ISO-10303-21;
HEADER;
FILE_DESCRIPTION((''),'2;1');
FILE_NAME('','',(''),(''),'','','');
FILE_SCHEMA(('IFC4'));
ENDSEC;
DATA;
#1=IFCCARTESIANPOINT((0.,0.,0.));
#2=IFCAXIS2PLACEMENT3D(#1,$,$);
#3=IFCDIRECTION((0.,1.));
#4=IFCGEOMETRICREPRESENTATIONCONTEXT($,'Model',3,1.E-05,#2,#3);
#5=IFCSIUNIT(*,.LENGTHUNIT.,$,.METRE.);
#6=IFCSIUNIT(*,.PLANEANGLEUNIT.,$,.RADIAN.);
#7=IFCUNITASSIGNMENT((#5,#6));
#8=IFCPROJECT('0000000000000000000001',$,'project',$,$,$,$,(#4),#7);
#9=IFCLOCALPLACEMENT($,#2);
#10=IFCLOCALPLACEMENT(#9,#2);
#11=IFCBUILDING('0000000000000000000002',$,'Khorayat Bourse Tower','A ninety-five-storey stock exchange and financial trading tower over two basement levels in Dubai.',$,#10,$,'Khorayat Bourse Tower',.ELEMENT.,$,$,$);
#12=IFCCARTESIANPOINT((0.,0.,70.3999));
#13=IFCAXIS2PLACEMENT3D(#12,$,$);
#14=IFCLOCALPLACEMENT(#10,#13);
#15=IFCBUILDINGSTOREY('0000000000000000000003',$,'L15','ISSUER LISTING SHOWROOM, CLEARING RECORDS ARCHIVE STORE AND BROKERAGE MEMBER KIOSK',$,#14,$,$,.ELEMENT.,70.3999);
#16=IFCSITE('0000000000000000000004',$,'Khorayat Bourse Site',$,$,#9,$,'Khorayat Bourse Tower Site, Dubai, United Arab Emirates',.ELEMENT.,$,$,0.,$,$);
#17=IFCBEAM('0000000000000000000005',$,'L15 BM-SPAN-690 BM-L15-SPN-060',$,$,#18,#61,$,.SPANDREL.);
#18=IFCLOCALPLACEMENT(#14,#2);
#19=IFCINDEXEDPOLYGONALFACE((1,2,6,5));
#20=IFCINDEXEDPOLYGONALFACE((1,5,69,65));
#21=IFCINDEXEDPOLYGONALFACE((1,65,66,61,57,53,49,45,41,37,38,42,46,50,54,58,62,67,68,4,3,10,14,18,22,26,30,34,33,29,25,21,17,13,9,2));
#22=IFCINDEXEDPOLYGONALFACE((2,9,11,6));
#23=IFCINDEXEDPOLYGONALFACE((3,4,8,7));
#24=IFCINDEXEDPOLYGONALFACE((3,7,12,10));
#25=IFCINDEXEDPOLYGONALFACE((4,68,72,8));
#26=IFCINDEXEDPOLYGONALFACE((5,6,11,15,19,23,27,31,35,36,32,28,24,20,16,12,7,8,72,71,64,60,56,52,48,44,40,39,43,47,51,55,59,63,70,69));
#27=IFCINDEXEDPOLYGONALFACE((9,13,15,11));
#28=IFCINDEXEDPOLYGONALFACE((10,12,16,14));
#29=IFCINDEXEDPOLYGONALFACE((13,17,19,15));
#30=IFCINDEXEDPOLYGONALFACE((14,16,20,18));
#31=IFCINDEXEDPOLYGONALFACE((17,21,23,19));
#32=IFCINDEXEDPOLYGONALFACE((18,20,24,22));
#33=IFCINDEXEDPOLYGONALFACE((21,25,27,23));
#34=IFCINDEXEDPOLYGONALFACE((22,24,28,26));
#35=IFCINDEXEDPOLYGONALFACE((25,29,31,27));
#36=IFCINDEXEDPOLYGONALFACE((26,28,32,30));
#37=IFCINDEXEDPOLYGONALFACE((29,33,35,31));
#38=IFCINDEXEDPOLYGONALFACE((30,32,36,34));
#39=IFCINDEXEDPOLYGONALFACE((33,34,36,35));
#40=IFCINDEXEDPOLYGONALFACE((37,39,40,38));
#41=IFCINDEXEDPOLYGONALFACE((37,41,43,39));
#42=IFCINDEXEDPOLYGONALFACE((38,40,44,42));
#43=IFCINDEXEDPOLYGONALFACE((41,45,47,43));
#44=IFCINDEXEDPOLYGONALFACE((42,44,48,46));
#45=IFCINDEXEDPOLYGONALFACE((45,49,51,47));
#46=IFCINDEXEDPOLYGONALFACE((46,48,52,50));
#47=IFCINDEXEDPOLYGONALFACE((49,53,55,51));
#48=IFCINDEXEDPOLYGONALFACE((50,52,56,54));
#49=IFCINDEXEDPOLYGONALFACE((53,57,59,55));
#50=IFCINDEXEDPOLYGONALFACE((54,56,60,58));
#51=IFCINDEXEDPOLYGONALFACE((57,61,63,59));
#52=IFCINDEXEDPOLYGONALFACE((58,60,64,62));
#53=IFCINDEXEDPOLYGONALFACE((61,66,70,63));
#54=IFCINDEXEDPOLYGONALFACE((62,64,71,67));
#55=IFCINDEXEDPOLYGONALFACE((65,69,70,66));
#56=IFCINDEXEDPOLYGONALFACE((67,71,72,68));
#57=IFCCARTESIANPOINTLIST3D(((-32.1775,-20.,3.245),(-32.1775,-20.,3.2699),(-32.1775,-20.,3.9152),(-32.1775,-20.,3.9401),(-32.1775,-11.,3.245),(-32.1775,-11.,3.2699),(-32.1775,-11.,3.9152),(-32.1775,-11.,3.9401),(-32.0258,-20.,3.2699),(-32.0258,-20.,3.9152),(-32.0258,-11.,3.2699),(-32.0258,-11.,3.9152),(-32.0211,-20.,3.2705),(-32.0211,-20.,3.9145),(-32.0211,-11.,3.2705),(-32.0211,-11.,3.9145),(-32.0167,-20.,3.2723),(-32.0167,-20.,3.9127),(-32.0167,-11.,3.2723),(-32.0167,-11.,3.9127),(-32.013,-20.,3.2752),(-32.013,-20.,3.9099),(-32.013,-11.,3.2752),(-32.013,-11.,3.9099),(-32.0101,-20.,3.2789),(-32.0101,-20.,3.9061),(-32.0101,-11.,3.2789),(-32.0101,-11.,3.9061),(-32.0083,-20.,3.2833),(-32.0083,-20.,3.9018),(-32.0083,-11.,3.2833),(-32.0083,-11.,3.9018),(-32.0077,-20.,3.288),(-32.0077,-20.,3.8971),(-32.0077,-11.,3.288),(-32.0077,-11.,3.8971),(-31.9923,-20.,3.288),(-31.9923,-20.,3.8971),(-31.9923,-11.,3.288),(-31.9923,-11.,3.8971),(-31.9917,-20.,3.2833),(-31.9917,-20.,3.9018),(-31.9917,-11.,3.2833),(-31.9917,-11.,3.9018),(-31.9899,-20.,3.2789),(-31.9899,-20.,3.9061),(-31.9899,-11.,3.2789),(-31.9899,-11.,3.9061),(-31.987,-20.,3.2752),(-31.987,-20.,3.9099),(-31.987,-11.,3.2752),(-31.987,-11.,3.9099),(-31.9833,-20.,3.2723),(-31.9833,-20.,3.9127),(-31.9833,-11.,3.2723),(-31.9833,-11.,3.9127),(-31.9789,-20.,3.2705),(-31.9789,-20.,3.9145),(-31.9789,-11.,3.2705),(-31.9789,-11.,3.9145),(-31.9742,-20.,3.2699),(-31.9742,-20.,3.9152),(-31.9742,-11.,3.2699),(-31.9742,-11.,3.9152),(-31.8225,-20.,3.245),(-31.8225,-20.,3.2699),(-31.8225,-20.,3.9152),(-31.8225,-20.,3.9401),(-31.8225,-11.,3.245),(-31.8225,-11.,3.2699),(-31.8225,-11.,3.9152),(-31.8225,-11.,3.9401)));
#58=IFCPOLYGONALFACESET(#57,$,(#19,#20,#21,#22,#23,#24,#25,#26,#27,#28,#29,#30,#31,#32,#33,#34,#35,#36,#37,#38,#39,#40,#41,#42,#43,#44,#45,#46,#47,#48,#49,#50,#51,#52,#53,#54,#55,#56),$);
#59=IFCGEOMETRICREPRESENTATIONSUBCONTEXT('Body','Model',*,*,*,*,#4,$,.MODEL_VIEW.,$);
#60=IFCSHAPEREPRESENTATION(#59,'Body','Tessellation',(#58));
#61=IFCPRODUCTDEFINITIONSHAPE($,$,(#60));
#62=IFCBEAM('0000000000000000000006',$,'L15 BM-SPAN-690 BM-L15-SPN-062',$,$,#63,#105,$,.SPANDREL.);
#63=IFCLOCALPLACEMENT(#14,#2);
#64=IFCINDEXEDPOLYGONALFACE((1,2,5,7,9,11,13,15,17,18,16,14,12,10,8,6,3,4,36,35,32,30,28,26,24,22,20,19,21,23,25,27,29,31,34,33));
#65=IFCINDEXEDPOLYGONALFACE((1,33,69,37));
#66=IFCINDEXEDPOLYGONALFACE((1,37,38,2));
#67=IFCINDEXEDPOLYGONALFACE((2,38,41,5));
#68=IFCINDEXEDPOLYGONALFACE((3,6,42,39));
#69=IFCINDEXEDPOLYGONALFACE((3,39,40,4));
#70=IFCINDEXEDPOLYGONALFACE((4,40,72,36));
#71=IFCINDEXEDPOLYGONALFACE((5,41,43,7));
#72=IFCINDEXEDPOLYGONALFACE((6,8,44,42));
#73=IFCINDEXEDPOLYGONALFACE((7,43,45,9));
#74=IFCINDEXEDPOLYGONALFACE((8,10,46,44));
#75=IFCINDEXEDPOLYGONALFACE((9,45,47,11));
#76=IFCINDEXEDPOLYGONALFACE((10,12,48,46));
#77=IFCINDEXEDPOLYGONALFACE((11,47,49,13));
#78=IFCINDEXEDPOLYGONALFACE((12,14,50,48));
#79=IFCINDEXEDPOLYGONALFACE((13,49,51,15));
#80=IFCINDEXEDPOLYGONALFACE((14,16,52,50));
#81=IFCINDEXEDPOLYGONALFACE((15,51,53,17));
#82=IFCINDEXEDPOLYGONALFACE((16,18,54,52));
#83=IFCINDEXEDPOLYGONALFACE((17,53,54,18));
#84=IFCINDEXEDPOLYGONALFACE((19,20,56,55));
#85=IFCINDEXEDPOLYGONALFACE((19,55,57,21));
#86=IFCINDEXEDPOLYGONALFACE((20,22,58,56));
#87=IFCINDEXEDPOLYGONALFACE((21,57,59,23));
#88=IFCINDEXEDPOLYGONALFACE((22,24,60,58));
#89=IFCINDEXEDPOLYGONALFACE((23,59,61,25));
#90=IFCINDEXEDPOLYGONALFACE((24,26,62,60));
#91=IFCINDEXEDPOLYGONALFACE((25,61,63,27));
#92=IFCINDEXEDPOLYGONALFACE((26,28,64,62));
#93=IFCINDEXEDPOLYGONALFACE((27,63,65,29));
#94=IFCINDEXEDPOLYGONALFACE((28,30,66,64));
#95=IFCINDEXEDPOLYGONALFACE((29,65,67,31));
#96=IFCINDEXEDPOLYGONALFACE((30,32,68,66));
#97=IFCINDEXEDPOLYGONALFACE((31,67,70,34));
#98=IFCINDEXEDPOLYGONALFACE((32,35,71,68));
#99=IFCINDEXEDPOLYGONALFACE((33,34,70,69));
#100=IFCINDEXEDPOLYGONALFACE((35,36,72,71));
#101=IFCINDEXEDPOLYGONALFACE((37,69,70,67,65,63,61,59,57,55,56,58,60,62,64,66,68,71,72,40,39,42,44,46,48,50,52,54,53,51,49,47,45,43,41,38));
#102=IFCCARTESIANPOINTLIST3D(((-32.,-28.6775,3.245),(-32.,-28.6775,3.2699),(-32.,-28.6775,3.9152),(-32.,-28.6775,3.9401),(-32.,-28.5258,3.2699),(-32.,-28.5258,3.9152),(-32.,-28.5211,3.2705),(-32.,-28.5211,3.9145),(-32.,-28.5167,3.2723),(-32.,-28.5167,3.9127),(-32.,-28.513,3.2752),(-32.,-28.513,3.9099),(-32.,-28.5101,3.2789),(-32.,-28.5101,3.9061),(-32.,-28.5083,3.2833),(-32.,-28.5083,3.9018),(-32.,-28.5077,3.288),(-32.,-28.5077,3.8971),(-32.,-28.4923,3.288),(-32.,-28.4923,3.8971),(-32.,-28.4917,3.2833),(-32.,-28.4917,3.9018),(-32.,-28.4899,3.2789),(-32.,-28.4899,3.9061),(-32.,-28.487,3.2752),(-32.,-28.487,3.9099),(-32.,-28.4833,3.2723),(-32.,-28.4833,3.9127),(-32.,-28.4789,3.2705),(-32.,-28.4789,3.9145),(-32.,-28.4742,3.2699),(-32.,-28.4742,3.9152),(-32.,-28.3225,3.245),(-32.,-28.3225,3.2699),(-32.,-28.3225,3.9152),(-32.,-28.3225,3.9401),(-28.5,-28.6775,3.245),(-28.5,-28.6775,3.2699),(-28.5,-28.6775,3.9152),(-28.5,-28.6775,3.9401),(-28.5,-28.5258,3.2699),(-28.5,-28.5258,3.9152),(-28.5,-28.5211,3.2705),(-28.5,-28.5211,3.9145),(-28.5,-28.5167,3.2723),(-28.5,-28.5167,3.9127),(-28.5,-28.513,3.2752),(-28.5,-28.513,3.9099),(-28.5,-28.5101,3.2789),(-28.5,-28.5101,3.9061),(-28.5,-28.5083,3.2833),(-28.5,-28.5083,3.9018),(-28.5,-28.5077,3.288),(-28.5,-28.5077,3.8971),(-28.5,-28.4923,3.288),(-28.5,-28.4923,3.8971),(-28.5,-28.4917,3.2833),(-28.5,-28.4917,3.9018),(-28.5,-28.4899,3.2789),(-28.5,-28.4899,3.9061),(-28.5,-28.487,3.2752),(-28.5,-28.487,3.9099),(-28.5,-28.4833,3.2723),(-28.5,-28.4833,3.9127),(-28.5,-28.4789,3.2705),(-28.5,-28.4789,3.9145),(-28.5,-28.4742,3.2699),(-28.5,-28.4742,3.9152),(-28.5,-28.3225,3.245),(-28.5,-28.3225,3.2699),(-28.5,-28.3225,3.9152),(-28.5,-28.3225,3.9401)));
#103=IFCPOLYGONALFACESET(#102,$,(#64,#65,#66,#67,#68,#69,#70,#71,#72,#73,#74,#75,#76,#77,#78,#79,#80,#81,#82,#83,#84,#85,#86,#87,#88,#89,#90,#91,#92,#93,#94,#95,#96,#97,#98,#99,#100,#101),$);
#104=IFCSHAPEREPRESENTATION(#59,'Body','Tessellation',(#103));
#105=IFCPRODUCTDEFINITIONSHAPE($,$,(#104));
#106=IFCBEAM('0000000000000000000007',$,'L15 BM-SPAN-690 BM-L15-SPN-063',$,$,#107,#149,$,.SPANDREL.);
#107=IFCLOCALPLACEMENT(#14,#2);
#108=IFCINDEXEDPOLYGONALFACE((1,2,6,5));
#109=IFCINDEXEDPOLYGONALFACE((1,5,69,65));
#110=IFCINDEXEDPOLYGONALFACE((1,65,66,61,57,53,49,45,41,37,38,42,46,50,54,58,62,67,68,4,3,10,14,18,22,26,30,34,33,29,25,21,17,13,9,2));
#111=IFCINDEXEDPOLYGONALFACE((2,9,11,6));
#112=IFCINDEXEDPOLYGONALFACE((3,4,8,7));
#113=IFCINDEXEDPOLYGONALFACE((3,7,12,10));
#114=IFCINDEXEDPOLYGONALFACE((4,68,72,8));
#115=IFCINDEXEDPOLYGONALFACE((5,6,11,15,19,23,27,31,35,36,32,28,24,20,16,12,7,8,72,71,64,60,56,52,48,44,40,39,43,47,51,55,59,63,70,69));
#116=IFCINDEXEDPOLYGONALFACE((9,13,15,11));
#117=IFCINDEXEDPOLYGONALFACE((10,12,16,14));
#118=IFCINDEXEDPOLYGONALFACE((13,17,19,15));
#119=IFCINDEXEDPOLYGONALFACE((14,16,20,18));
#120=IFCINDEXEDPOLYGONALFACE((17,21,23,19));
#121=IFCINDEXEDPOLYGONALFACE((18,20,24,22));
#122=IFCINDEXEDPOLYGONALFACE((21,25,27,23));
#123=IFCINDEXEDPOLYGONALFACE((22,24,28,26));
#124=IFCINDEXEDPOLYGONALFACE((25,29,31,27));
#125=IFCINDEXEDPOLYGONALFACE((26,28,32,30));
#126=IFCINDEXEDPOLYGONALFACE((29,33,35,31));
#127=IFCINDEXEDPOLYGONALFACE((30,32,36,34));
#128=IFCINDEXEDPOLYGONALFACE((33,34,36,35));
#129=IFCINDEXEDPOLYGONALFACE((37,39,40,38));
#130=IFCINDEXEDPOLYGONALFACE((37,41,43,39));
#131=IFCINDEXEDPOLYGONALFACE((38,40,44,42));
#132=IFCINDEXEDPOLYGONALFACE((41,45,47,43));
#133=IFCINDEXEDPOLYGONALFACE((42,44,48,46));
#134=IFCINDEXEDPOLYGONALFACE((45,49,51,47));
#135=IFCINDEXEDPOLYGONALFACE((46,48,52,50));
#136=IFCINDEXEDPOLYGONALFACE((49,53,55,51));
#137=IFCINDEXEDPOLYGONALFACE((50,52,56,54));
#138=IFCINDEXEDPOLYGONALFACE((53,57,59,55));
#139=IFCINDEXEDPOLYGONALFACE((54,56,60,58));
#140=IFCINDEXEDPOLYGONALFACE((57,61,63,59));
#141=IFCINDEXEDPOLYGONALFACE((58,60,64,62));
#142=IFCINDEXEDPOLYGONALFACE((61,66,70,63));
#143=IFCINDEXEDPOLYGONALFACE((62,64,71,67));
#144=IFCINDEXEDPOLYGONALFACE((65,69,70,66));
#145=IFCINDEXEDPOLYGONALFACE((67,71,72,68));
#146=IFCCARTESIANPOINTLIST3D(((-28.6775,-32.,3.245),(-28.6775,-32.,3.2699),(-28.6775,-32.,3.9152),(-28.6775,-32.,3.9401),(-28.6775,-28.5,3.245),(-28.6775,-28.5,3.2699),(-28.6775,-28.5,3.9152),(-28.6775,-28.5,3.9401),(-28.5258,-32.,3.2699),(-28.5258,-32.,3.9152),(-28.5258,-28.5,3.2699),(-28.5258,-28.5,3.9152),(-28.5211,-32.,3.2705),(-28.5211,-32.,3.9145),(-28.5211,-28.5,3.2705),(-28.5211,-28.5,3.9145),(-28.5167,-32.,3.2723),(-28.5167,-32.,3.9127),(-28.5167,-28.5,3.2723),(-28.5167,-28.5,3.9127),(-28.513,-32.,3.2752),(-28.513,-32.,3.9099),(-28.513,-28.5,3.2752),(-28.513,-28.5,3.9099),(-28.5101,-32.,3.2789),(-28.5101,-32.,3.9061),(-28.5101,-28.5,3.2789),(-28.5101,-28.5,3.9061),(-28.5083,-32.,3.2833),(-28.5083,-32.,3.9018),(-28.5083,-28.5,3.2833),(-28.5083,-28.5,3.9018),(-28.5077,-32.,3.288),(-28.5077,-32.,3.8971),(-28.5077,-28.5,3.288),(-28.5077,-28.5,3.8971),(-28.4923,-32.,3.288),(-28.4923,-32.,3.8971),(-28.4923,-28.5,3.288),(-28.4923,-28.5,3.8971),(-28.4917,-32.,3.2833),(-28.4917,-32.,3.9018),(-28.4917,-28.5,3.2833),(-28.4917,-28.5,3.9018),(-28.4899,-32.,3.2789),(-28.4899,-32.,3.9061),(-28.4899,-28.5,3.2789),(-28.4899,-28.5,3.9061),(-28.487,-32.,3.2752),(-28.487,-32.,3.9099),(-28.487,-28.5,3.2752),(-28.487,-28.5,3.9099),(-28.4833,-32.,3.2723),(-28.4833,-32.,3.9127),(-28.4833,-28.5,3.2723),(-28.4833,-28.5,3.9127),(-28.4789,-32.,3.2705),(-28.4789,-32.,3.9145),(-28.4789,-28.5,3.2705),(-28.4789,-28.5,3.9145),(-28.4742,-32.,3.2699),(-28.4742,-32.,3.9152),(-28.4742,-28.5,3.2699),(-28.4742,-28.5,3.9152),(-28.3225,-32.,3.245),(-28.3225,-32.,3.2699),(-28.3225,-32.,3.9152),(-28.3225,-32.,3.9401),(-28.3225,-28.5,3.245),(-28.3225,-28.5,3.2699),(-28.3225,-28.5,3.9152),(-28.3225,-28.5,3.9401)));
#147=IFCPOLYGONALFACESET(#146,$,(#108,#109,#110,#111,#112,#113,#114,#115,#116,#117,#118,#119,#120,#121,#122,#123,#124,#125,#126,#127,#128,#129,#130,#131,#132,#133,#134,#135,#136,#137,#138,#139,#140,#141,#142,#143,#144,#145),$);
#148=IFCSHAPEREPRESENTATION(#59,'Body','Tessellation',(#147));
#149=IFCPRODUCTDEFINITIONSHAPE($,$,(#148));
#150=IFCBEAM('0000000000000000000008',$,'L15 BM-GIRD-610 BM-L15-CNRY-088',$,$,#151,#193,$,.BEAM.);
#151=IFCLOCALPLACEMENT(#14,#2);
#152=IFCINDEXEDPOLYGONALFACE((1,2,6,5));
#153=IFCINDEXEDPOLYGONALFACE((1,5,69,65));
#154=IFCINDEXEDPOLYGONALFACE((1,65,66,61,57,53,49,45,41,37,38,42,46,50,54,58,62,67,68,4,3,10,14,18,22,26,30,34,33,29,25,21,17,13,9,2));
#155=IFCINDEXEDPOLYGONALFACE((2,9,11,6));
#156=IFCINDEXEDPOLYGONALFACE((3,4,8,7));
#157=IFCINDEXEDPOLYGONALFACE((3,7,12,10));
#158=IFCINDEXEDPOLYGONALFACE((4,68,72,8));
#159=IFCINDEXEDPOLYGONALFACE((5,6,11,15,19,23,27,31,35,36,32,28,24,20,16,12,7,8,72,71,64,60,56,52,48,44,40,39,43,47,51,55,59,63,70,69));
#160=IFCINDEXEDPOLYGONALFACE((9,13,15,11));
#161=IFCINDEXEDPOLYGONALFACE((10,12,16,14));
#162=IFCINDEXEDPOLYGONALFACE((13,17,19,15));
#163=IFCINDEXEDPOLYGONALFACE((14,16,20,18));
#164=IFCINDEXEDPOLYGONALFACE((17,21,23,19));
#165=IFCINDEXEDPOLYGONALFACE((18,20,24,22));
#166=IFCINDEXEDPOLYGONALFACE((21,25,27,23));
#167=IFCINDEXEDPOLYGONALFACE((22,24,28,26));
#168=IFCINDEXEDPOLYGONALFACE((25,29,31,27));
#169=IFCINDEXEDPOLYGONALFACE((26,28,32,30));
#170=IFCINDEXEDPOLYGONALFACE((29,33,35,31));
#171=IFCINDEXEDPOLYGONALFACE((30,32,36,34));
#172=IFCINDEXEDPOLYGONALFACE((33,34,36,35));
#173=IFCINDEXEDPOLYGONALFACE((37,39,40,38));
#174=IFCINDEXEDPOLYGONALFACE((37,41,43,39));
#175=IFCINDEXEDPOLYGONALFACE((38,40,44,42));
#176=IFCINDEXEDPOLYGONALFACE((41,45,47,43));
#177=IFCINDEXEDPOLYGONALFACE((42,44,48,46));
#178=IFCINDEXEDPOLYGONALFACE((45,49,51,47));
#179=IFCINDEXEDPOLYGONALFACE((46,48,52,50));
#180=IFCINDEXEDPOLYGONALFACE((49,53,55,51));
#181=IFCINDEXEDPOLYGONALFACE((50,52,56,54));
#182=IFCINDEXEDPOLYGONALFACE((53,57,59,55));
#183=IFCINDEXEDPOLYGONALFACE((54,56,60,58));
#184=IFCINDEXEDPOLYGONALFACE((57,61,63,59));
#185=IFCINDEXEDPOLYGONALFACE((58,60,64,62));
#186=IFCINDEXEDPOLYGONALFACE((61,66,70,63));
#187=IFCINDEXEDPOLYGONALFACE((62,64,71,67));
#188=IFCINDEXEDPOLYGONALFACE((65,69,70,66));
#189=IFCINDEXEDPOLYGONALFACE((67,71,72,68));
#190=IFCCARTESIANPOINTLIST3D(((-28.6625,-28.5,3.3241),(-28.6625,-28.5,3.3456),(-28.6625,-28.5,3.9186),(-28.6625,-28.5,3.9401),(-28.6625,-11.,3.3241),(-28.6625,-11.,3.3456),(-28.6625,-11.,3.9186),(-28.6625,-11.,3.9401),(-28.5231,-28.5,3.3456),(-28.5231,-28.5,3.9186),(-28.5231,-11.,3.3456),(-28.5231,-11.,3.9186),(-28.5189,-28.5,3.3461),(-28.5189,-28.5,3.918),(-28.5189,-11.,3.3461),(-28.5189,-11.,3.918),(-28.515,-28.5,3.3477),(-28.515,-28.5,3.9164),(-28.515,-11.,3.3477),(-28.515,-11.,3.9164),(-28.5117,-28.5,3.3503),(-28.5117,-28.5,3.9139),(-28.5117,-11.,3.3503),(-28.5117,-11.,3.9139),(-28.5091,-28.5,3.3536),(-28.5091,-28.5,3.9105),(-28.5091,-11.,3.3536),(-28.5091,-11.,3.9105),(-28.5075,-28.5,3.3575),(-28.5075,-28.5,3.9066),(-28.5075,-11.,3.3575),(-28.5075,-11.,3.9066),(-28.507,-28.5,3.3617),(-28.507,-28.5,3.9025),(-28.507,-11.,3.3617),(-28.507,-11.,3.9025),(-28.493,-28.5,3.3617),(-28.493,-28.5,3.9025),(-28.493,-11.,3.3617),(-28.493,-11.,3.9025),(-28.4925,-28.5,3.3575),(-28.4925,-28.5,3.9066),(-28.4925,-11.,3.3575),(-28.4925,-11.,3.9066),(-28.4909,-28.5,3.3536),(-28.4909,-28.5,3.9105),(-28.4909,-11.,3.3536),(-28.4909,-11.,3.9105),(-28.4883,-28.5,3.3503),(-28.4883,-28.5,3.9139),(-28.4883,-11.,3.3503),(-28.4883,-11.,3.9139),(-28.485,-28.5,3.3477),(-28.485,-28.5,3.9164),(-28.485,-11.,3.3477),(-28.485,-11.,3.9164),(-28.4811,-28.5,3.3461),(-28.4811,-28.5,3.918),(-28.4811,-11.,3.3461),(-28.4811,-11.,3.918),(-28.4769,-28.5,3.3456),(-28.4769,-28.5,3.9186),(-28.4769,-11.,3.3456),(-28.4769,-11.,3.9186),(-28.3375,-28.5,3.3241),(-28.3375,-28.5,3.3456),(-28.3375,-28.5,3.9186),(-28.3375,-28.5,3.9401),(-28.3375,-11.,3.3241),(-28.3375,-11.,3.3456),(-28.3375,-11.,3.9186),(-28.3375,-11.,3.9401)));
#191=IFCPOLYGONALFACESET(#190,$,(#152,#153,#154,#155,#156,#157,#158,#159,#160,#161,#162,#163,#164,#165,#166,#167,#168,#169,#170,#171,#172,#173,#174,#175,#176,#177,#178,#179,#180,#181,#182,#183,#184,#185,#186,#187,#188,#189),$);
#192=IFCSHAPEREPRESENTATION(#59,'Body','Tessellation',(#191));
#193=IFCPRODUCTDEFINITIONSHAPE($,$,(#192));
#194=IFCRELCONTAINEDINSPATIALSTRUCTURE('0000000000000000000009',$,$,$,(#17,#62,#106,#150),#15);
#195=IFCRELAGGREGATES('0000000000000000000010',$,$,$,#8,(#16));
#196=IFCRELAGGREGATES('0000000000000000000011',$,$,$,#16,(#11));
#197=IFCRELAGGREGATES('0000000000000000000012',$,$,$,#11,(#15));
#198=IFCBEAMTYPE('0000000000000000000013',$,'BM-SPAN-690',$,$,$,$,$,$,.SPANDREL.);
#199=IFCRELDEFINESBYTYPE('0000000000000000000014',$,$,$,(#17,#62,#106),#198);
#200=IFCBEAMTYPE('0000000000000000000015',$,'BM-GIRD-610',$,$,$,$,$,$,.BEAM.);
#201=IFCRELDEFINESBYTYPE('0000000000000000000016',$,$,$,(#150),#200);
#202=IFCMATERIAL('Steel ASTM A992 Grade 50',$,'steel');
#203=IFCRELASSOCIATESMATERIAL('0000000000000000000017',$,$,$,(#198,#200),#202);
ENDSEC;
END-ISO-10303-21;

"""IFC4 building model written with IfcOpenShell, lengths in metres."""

from ifc_helpers import new_model, si_unit, direction, frame, origin, origin_2d, place, context, subcontext, project, spatial, i_section, extrude, source, transform, mapped, material, material_profile, profile_set, type_object, element, save


model = new_model("IFC4")

# Units and contexts
model_context = context("Model", 3, precision=1e-05, world=origin(), true_north=direction((0.0, 1.0)))
body_context = subcontext(model_context, "Body", "Model", "MODEL_VIEW")
ifc_project = project(units=[si_unit("LENGTHUNIT", "METRE"), si_unit("PLANEANGLEUNIT", "RADIAN")], contexts=[model_context])

# Site, building, storey
site_placement = place(None, origin())
site = spatial("IfcSite", under=ifc_project, at=site_placement, Name="Khorayat Bourse Site", LongName="Khorayat Bourse Tower Site, Dubai, United Arab Emirates", CompositionType="ELEMENT", RefElevation=0.0)
building_placement = place(site_placement, origin())
building = spatial("IfcBuilding", under=site, at=building_placement, Name="Khorayat Bourse Tower", Description="A ninety-five-storey stock exchange and financial trading tower over two basement levels in Dubai.", LongName="Khorayat Bourse Tower", CompositionType="ELEMENT")
storey_placement = place(building_placement, frame((0.0, 0.0, 70.3999)))
storey = spatial("IfcBuildingStorey", under=building, at=storey_placement, Name="L15", Description="ISSUER LISTING SHOWROOM, CLEARING RECORDS ARCHIVE STORE AND BROKERAGE MEMBER KIOSK", CompositionType="ELEMENT", Elevation=70.3999)

# Beams
ifc_material_1 = material(Name="Steel ASTM A992 Grade 50", Category="steel")
ifc_material_profile_1 = material_profile(ifc_material_1, i_section(OverallWidth=0.355, OverallDepth=0.6951, WebThickness=0.0154, FlangeThickness=0.0249, FilletRadius=0.0181, at=origin_2d()), Name="W690X217")
ifc_profile_set_1 = profile_set([ifc_material_profile_1], Name="Steel ASTM A992 Grade 50")
beam_type_1 = type_object("IfcBeamType", Name="BM-SPAN-690", PredefinedType="SPANDREL", material=ifc_profile_set_1)
shared_shape_1 = source(origin(), body_context, "Body", "SweptSolid", [
    extrude(i_section(OverallWidth=0.355, OverallDepth=0.6951, WebThickness=0.0154, FlangeThickness=0.0249, FilletRadius=0.0181, at=origin_2d()), origin(), (0.0, 0.0, 1.0), 9.0),
])
beam_1_placement = place(storey_placement, frame((-32.0, -20.0, 3.5925), z_axis=(0.0, 1.0, 0.0), x_axis=(-1.0, 0.0, 0.0)))
element("IfcBeam", 1, at=beam_1_placement, inside=storey, type_object=beam_type_1, Name="L15 BM-SPAN-690 BM-L15-SPN-060", PredefinedType="SPANDREL", context=body_context, shape_type="MappedRepresentation", body=[
    mapped(shared_shape_1, transform((0.0, 0.0, 0.0), scale=1.0)),
])
shared_shape_2 = source(origin(), body_context, "Body", "SweptSolid", [
    extrude(i_section(OverallWidth=0.355, OverallDepth=0.6951, WebThickness=0.0154, FlangeThickness=0.0249, FilletRadius=0.0181, at=origin_2d()), origin(), (0.0, 0.0, 1.0), 3.5),
])
for number, where, z_axis, x_axis, name in (
    (2, (-32.0, -28.5, 3.5925), (1.0, 0.0, 0.0), (0.0, 1.0, 0.0), "L15 BM-SPAN-690 BM-L15-SPN-062"),
    (3, (-28.5, -32.0, 3.5925), (0.0, 1.0, 0.0), (-1.0, 0.0, 0.0), "L15 BM-SPAN-690 BM-L15-SPN-063"),
):
    element("IfcBeam", number, at=place(storey_placement, frame(where, z_axis=z_axis, x_axis=x_axis)), inside=storey, type_object=beam_type_1, Name=name, PredefinedType="SPANDREL", context=body_context, shape_type="MappedRepresentation", body=[
        mapped(shared_shape_2, transform((0.0, 0.0, 0.0), scale=1.0)),
    ])
ifc_material_profile_2 = material_profile(ifc_material_1, i_section(OverallWidth=0.325, OverallDepth=0.616, WebThickness=0.0139, FlangeThickness=0.0215, FilletRadius=0.0161, at=origin_2d()), Name="W610X174")
ifc_profile_set_2 = profile_set([ifc_material_profile_2], Name="Steel ASTM A992 Grade 50")
beam_type_2 = type_object("IfcBeamType", Name="BM-GIRD-610", PredefinedType="BEAM", material=ifc_profile_set_2)
shared_shape_3 = source(origin(), body_context, "Body", "SweptSolid", [
    extrude(i_section(OverallWidth=0.325, OverallDepth=0.616, WebThickness=0.0139, FlangeThickness=0.0215, FilletRadius=0.0161, at=origin_2d()), origin(), (0.0, 0.0, 1.0), 17.5),
])
beam_2_placement = place(storey_placement, frame((-28.5, -28.5, 3.6321), z_axis=(0.0, 1.0, 0.0), x_axis=(-1.0, 0.0, 0.0)))
element("IfcBeam", 4, at=beam_2_placement, inside=storey, type_object=beam_type_2, Name="L15 BM-GIRD-610 BM-L15-CNRY-088", PredefinedType="BEAM", context=body_context, shape_type="MappedRepresentation", body=[
    mapped(shared_shape_3, transform((0.0, 0.0, 0.0), scale=1.0)),
])

save(model, "model.ifc")
